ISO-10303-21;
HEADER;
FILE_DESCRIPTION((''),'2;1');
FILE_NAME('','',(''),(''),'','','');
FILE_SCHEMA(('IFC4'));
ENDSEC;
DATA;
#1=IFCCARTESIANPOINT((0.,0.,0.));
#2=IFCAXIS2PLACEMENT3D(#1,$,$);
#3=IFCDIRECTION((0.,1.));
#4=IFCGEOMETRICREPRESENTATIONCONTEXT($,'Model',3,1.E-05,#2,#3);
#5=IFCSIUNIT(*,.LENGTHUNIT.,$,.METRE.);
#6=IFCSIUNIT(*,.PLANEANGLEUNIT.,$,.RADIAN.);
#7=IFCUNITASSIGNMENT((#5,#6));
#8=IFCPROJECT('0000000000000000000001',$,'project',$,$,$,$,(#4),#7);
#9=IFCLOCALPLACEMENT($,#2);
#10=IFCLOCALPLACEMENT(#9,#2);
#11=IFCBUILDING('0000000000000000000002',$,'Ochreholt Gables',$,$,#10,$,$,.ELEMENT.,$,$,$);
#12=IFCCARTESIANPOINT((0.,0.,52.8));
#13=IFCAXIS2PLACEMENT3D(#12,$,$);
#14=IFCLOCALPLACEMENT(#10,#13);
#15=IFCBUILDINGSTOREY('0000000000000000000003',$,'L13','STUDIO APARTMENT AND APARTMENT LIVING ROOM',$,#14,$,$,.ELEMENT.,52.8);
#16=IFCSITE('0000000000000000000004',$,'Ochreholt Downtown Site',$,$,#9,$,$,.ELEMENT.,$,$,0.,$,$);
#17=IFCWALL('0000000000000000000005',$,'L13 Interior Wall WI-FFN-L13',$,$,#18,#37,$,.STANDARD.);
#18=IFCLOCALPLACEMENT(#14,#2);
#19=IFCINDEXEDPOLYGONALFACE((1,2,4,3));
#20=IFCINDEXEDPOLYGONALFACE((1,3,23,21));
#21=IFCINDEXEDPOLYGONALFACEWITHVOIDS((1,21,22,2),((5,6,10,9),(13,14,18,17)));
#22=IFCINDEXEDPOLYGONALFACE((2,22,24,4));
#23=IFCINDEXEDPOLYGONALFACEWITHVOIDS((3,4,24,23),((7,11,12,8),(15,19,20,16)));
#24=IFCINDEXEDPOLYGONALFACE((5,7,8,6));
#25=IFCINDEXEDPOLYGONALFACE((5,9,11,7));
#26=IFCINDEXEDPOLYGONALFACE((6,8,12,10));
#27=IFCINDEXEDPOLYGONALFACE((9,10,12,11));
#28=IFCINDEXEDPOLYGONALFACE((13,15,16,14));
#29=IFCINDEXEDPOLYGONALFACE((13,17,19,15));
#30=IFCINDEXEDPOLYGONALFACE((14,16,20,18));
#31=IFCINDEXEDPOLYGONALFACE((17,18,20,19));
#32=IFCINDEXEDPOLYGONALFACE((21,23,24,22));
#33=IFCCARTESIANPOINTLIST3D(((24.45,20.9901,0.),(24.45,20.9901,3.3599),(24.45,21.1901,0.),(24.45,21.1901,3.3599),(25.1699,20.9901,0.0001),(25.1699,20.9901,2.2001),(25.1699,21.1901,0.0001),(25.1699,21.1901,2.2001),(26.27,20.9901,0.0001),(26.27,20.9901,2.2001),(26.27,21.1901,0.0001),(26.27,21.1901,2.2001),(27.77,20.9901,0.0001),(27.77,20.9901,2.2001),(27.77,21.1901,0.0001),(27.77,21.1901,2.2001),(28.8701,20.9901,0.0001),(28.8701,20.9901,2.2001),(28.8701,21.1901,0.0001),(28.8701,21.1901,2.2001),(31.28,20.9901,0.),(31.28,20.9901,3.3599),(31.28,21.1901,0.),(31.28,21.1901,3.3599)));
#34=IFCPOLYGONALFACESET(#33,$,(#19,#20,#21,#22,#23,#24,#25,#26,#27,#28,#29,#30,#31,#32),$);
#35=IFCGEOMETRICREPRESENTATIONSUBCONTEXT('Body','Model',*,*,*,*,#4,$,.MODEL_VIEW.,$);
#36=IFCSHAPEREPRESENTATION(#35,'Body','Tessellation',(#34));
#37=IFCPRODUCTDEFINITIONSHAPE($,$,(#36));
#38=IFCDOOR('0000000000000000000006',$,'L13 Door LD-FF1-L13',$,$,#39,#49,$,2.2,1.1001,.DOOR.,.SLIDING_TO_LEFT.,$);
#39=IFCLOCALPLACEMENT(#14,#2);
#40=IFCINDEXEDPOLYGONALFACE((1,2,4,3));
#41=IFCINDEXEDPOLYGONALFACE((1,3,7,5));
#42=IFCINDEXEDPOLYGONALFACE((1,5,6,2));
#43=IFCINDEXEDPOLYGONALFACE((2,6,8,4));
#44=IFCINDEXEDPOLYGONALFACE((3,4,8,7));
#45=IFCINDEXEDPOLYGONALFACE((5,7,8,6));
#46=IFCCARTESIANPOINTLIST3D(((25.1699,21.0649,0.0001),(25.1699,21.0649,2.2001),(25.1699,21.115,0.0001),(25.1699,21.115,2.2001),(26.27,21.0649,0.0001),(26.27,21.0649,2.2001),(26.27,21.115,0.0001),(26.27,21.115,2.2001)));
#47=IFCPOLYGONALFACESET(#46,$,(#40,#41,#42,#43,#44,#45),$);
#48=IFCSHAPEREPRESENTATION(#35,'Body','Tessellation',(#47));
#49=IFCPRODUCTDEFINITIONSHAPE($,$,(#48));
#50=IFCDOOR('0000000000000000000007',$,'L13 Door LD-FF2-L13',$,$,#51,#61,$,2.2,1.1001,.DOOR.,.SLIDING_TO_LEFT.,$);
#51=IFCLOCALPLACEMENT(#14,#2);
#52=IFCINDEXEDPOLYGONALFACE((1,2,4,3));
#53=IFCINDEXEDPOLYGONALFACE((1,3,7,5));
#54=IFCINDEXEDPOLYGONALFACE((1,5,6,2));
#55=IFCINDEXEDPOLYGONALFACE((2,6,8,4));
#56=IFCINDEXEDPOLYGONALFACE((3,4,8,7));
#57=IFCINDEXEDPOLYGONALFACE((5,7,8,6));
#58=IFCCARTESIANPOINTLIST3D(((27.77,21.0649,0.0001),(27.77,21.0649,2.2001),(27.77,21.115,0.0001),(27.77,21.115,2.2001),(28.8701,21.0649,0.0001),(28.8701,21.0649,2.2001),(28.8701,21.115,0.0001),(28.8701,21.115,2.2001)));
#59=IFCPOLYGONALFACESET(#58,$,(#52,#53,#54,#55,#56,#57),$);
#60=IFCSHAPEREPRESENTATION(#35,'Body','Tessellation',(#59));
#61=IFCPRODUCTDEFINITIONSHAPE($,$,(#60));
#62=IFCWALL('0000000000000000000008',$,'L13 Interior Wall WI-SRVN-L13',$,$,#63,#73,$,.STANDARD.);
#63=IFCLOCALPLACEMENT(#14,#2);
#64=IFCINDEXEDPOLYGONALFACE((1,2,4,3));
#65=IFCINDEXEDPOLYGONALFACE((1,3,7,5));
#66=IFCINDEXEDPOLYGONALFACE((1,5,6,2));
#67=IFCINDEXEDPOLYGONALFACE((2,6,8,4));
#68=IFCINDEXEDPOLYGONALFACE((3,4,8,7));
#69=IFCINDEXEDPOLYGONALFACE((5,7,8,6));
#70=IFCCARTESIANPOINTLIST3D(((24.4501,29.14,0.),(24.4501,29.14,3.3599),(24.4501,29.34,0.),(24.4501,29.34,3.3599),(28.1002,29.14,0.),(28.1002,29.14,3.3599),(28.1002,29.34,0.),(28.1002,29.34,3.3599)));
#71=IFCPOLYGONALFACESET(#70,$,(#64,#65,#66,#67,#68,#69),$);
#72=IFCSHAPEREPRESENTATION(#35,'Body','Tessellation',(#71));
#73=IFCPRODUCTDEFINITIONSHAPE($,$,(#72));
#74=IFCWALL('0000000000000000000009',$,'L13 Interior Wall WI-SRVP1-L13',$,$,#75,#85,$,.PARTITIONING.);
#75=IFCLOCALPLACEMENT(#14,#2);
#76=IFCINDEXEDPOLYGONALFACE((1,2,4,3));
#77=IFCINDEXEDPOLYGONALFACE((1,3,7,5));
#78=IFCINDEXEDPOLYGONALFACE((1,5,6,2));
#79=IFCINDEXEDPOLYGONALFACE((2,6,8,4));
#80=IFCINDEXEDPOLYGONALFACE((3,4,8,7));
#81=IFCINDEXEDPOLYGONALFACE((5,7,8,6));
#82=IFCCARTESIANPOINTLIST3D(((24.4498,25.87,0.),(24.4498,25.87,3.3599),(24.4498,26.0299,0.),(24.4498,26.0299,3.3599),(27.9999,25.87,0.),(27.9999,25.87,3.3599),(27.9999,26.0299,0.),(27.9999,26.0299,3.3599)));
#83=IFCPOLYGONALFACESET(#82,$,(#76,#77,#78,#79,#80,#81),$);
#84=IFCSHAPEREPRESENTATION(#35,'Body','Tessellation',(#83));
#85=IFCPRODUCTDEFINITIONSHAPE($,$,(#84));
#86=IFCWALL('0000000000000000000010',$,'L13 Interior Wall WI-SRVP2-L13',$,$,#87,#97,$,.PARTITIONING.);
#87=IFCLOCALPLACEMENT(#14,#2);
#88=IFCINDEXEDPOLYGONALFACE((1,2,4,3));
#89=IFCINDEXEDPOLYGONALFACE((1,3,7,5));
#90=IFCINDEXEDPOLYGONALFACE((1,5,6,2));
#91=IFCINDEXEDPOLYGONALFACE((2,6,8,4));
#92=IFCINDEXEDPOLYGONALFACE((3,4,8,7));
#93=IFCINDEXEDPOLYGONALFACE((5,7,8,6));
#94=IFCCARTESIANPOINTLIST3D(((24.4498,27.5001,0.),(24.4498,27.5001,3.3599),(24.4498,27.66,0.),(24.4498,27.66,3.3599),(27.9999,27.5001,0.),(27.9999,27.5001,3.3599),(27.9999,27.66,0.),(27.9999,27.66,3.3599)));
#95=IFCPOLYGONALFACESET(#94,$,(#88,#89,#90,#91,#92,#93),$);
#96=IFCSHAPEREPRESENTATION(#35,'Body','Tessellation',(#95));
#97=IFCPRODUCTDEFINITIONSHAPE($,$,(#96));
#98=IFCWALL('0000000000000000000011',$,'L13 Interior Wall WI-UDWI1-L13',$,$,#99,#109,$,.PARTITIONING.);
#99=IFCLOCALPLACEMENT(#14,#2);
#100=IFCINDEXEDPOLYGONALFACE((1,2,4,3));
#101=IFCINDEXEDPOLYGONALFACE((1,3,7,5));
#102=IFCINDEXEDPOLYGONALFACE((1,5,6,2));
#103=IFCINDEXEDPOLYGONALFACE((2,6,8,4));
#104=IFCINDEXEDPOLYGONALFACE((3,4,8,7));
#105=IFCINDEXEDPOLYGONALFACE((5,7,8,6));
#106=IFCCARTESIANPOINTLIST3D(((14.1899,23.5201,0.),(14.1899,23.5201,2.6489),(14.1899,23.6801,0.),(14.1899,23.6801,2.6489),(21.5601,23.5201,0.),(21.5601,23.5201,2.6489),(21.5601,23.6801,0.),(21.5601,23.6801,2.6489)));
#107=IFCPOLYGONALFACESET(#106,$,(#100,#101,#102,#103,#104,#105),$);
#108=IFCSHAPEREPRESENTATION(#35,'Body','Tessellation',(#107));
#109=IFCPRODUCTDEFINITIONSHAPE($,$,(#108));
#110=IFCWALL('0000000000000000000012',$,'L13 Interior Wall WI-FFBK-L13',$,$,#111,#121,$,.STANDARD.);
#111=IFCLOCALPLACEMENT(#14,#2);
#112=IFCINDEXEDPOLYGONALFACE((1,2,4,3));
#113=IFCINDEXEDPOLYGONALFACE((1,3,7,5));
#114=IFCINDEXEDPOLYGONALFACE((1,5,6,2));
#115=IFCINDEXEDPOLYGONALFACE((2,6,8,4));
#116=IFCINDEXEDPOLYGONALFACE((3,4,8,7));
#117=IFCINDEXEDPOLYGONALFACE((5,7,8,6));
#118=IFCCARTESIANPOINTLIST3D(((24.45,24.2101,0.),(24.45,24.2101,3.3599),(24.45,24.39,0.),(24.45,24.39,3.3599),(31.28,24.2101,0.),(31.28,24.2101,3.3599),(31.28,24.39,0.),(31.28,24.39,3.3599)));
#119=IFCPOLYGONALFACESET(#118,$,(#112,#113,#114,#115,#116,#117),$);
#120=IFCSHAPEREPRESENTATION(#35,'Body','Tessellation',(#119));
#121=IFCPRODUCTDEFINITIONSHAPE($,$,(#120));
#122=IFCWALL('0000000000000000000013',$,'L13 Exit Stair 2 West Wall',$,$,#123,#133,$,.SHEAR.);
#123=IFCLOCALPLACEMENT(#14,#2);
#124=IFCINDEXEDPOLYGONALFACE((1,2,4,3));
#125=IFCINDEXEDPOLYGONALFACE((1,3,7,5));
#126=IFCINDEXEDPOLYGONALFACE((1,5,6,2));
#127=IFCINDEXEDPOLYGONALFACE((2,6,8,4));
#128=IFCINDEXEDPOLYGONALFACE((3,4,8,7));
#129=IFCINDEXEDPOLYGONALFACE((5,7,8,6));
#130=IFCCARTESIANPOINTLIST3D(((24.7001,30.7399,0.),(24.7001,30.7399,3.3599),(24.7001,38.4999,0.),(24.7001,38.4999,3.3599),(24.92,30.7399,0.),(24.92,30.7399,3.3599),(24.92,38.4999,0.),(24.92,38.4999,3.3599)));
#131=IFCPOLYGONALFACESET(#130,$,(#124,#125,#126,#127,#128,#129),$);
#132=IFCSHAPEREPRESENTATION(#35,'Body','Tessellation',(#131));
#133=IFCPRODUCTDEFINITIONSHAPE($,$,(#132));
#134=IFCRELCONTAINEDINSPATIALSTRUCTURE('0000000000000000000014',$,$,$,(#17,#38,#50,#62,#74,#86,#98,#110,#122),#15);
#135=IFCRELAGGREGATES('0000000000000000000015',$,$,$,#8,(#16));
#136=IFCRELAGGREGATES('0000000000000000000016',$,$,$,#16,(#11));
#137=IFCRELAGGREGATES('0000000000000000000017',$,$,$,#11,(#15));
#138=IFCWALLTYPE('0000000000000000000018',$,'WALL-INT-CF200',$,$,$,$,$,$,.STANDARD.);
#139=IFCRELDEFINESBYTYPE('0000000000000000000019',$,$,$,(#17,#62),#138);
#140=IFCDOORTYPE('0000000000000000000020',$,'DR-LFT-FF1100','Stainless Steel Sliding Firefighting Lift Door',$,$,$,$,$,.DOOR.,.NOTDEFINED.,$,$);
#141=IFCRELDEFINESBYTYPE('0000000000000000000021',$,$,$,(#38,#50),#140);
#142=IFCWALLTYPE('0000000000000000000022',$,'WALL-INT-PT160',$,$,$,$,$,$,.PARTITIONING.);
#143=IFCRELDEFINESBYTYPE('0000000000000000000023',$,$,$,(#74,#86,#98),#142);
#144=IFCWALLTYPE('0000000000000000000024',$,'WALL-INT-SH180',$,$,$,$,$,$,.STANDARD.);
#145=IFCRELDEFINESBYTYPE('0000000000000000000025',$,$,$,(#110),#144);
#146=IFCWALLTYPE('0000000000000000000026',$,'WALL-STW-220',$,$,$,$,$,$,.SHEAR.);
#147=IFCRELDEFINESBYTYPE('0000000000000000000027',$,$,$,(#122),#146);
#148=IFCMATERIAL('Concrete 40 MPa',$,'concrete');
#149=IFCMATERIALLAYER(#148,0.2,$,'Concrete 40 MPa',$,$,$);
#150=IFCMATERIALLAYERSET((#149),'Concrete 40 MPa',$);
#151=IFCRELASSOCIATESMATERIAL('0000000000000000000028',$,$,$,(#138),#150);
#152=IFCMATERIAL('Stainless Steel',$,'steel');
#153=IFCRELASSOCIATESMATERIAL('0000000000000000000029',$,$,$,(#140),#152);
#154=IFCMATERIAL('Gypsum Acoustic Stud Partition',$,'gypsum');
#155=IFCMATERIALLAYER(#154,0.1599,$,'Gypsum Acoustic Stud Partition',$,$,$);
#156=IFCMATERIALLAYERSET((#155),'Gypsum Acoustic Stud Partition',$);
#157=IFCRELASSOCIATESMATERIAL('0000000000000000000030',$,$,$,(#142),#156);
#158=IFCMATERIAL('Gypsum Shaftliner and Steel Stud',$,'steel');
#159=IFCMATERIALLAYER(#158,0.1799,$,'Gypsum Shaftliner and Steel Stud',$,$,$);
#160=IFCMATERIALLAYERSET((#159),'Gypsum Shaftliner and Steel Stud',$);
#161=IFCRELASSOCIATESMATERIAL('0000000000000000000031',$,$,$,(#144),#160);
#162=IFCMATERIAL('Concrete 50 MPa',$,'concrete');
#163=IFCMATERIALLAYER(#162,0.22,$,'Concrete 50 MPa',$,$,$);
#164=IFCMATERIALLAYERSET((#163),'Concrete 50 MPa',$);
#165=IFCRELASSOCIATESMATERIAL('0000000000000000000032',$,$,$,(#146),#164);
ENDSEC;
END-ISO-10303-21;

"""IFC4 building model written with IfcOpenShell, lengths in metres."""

from ifc_helpers import new_model, si_unit, direction, frame, frame_2d, origin, place, context, subcontext, project, spatial, rectangle, extrude, material, layer, layer_set, type_object, element, fill, save


model = new_model("IFC4")

# Units and contexts
model_context = context("Model", 3, precision=1e-05, world=origin(), true_north=direction((0.0, 1.0)))
body_context = subcontext(model_context, "Body", "Model", "MODEL_VIEW")
ifc_project = project(units=[si_unit("LENGTHUNIT", "METRE"), si_unit("PLANEANGLEUNIT", "RADIAN")], contexts=[model_context])

# Site, building, storey
site_placement = place(None, origin())
site = spatial("IfcSite", under=ifc_project, at=site_placement, Name="Ochreholt Downtown Site", CompositionType="ELEMENT", RefElevation=0.0)
building_placement = place(site_placement, origin())
building = spatial("IfcBuilding", under=site, at=building_placement, Name="Ochreholt Gables", CompositionType="ELEMENT")
storey_placement = place(building_placement, frame((0.0, 0.0, 52.8)))
storey = spatial("IfcBuildingStorey", under=building, at=storey_placement, Name="L13", Description="STUDIO APARTMENT AND APARTMENT LIVING ROOM", CompositionType="ELEMENT", Elevation=52.8)

# Wall, openings, doors
ifc_material_1 = material(Name="Concrete 40 MPa", Category="concrete")
ifc_layer_1 = layer(ifc_material_1, 0.2, Name="Concrete 40 MPa")
ifc_layer_set_1 = layer_set([ifc_layer_1], Name="Concrete 40 MPa")
wall_type_1 = type_object("IfcWallType", Name="WALL-INT-CF200", PredefinedType="STANDARD", material=ifc_layer_set_1)
wall_1_placement = place(storey_placement, frame((24.45, 21.0901, 0.0), z_axis=(0.0, 0.0, 1.0), x_axis=(1.0, 0.0, 0.0)))
wall_1 = element("IfcWall", 1, at=wall_1_placement, inside=storey, type_object=wall_type_1, Name="L13 Interior Wall WI-FFN-L13", PredefinedType="STANDARD", context=body_context, shape_type="SweptSolid", body=[
    extrude(rectangle(XDim=6.8301, YDim=0.2, at=frame_2d((3.415, 0.0))), origin(), (0.0, 0.0, 1.0), 3.3599),
])
opening_1_placement = place(wall_1_placement, frame((0.72, 0.0, 0.0)))
opening_1 = element("IfcOpeningElement", 2, at=opening_1_placement, cuts=wall_1, PredefinedType="OPENING", context=body_context, shape_type="SweptSolid", body=[
    extrude(rectangle(XDim=1.1001, YDim=2.2, at=frame_2d((0.55, 1.1001))), frame((0.0, 0.1099, 0.0), z_axis=(0.0, -1.0, 0.0), x_axis=(1.0, 0.0, 0.0)), (0.0, 0.0, 1.0), 0.22),
])
opening_2_placement = place(wall_1_placement, frame((3.3201, 0.0, 0.0)))
opening_2 = element("IfcOpeningElement", 3, at=opening_2_placement, cuts=wall_1, PredefinedType="OPENING", context=body_context, shape_type="SweptSolid", body=[
    extrude(rectangle(XDim=1.1001, YDim=2.2, at=frame_2d((0.55, 1.1001))), frame((0.0, 0.1099, 0.0), z_axis=(0.0, -1.0, 0.0), x_axis=(1.0, 0.0, 0.0)), (0.0, 0.0, 1.0), 0.22),
])
ifc_material_2 = material(Name="Stainless Steel", Category="steel")
door_type = type_object("IfcDoorType", Name="DR-LFT-FF1100", Description="Stainless Steel Sliding Firefighting Lift Door", OperationType="NOTDEFINED", PredefinedType="DOOR", material=ifc_material_2)
door_1_placement = place(opening_1_placement, origin())
door_1 = element("IfcDoor", 4, at=door_1_placement, inside=storey, type_object=door_type, Name="L13 Door LD-FF1-L13", OperationType="SLIDING_TO_LEFT", OverallHeight=2.2, OverallWidth=1.1001, PredefinedType="DOOR", context=body_context, shape_type="SweptSolid", body=[
    extrude(rectangle(XDim=1.1001, YDim=2.2, at=frame_2d((0.55, 1.1001))), frame((0.0, 0.0249, 0.0), z_axis=(0.0, -1.0, 0.0), x_axis=(1.0, 0.0, 0.0)), (0.0, 0.0, 1.0), 0.05),
])
fill(opening_1, door_1)
door_2_placement = place(opening_2_placement, origin())
door_2 = element("IfcDoor", 5, at=door_2_placement, inside=storey, type_object=door_type, Name="L13 Door LD-FF2-L13", OperationType="SLIDING_TO_LEFT", OverallHeight=2.2, OverallWidth=1.1001, PredefinedType="DOOR", context=body_context, shape_type="SweptSolid", body=[
    extrude(rectangle(XDim=1.1001, YDim=2.2, at=frame_2d((0.55, 1.1001))), frame((0.0, 0.0249, 0.0), z_axis=(0.0, -1.0, 0.0), x_axis=(1.0, 0.0, 0.0)), (0.0, 0.0, 1.0), 0.05),
])
fill(opening_2, door_2)

# Walls
wall_2_placement = place(storey_placement, frame((24.45, 29.24, 0.0), z_axis=(0.0, 0.0, 1.0), x_axis=(1.0, 0.0, 0.0)))
element("IfcWall", 6, at=wall_2_placement, inside=storey, type_object=wall_type_1, Name="L13 Interior Wall WI-SRVN-L13", PredefinedType="STANDARD", context=body_context, shape_type="SweptSolid", body=[
    extrude(rectangle(XDim=3.6501, YDim=0.2, at=frame_2d((1.8252, 0.0))), origin(), (0.0, 0.0, 1.0), 3.3599),
])
ifc_material_3 = material(Name="Gypsum Acoustic Stud Partition", Category="gypsum")
ifc_layer_2 = layer(ifc_material_3, 0.1599, Name="Gypsum Acoustic Stud Partition")
ifc_layer_set_2 = layer_set([ifc_layer_2], Name="Gypsum Acoustic Stud Partition")
wall_type_2 = type_object("IfcWallType", Name="WALL-INT-PT160", PredefinedType="PARTITIONING", material=ifc_layer_set_2)
for number, where, z_axis, x_axis, name in (
    (7, (24.45, 25.95, 0.0), (0.0, 0.0, 1.0), (1.0, 0.0, 0.0), "L13 Interior Wall WI-SRVP1-L13"),
    (8, (24.45, 27.5801, 0.0), (0.0, 0.0, 1.0), (1.0, 0.0, 0.0), "L13 Interior Wall WI-SRVP2-L13"),
):
    element("IfcWall", number, at=place(storey_placement, frame(where, z_axis=z_axis, x_axis=x_axis)), inside=storey, type_object=wall_type_2, Name=name, PredefinedType="PARTITIONING", context=body_context, shape_type="SweptSolid", body=[
        extrude(rectangle(XDim=3.55, YDim=0.1599, at=frame_2d((1.7749, 0.0))), origin(), (0.0, 0.0, 1.0), 3.3599),
    ])
wall_3_placement = place(storey_placement, frame((14.1899, 23.6001, 0.0), z_axis=(0.0, 0.0, 1.0), x_axis=(1.0, 0.0, 0.0)))
element("IfcWall", 9, at=wall_3_placement, inside=storey, type_object=wall_type_2, Name="L13 Interior Wall WI-UDWI1-L13", PredefinedType="PARTITIONING", context=body_context, shape_type="SweptSolid", body=[
    extrude(rectangle(XDim=7.3701, YDim=0.1599, at=frame_2d((3.6851, 0.0))), origin(), (0.0, 0.0, 1.0), 2.6489),
])
ifc_material_4 = material(Name="Gypsum Shaftliner and Steel Stud", Category="steel")
ifc_layer_3 = layer(ifc_material_4, 0.1799, Name="Gypsum Shaftliner and Steel Stud")
ifc_layer_set_3 = layer_set([ifc_layer_3], Name="Gypsum Shaftliner and Steel Stud")
wall_type_3 = type_object("IfcWallType", Name="WALL-INT-SH180", PredefinedType="STANDARD", material=ifc_layer_set_3)
wall_4_placement = place(storey_placement, frame((24.45, 24.3, 0.0), z_axis=(0.0, 0.0, 1.0), x_axis=(1.0, 0.0, 0.0)))
element("IfcWall", 10, at=wall_4_placement, inside=storey, type_object=wall_type_3, Name="L13 Interior Wall WI-FFBK-L13", PredefinedType="STANDARD", context=body_context, shape_type="SweptSolid", body=[
    extrude(rectangle(XDim=6.8301, YDim=0.1799, at=frame_2d((3.415, 0.0))), origin(), (0.0, 0.0, 1.0), 3.3599),
])
ifc_material_5 = material(Name="Concrete 50 MPa", Category="concrete")
ifc_layer_4 = layer(ifc_material_5, 0.22, Name="Concrete 50 MPa")
ifc_layer_set_4 = layer_set([ifc_layer_4], Name="Concrete 50 MPa")
wall_type_4 = type_object("IfcWallType", Name="WALL-STW-220", PredefinedType="SHEAR", material=ifc_layer_set_4)
wall_5_placement = place(storey_placement, frame((24.8101, 30.74, 0.0), z_axis=(0.0, 0.0, 1.0), x_axis=(0.0, 1.0, 0.0)))
element("IfcWall", 11, at=wall_5_placement, inside=storey, type_object=wall_type_4, Name="L13 Exit Stair 2 West Wall", PredefinedType="SHEAR", context=body_context, shape_type="SweptSolid", body=[
    extrude(rectangle(XDim=7.76, YDim=0.22, at=frame_2d((3.8799, 0.0))), origin(), (0.0, 0.0, 1.0), 3.3599),
])

save(model, "model.ifc")
